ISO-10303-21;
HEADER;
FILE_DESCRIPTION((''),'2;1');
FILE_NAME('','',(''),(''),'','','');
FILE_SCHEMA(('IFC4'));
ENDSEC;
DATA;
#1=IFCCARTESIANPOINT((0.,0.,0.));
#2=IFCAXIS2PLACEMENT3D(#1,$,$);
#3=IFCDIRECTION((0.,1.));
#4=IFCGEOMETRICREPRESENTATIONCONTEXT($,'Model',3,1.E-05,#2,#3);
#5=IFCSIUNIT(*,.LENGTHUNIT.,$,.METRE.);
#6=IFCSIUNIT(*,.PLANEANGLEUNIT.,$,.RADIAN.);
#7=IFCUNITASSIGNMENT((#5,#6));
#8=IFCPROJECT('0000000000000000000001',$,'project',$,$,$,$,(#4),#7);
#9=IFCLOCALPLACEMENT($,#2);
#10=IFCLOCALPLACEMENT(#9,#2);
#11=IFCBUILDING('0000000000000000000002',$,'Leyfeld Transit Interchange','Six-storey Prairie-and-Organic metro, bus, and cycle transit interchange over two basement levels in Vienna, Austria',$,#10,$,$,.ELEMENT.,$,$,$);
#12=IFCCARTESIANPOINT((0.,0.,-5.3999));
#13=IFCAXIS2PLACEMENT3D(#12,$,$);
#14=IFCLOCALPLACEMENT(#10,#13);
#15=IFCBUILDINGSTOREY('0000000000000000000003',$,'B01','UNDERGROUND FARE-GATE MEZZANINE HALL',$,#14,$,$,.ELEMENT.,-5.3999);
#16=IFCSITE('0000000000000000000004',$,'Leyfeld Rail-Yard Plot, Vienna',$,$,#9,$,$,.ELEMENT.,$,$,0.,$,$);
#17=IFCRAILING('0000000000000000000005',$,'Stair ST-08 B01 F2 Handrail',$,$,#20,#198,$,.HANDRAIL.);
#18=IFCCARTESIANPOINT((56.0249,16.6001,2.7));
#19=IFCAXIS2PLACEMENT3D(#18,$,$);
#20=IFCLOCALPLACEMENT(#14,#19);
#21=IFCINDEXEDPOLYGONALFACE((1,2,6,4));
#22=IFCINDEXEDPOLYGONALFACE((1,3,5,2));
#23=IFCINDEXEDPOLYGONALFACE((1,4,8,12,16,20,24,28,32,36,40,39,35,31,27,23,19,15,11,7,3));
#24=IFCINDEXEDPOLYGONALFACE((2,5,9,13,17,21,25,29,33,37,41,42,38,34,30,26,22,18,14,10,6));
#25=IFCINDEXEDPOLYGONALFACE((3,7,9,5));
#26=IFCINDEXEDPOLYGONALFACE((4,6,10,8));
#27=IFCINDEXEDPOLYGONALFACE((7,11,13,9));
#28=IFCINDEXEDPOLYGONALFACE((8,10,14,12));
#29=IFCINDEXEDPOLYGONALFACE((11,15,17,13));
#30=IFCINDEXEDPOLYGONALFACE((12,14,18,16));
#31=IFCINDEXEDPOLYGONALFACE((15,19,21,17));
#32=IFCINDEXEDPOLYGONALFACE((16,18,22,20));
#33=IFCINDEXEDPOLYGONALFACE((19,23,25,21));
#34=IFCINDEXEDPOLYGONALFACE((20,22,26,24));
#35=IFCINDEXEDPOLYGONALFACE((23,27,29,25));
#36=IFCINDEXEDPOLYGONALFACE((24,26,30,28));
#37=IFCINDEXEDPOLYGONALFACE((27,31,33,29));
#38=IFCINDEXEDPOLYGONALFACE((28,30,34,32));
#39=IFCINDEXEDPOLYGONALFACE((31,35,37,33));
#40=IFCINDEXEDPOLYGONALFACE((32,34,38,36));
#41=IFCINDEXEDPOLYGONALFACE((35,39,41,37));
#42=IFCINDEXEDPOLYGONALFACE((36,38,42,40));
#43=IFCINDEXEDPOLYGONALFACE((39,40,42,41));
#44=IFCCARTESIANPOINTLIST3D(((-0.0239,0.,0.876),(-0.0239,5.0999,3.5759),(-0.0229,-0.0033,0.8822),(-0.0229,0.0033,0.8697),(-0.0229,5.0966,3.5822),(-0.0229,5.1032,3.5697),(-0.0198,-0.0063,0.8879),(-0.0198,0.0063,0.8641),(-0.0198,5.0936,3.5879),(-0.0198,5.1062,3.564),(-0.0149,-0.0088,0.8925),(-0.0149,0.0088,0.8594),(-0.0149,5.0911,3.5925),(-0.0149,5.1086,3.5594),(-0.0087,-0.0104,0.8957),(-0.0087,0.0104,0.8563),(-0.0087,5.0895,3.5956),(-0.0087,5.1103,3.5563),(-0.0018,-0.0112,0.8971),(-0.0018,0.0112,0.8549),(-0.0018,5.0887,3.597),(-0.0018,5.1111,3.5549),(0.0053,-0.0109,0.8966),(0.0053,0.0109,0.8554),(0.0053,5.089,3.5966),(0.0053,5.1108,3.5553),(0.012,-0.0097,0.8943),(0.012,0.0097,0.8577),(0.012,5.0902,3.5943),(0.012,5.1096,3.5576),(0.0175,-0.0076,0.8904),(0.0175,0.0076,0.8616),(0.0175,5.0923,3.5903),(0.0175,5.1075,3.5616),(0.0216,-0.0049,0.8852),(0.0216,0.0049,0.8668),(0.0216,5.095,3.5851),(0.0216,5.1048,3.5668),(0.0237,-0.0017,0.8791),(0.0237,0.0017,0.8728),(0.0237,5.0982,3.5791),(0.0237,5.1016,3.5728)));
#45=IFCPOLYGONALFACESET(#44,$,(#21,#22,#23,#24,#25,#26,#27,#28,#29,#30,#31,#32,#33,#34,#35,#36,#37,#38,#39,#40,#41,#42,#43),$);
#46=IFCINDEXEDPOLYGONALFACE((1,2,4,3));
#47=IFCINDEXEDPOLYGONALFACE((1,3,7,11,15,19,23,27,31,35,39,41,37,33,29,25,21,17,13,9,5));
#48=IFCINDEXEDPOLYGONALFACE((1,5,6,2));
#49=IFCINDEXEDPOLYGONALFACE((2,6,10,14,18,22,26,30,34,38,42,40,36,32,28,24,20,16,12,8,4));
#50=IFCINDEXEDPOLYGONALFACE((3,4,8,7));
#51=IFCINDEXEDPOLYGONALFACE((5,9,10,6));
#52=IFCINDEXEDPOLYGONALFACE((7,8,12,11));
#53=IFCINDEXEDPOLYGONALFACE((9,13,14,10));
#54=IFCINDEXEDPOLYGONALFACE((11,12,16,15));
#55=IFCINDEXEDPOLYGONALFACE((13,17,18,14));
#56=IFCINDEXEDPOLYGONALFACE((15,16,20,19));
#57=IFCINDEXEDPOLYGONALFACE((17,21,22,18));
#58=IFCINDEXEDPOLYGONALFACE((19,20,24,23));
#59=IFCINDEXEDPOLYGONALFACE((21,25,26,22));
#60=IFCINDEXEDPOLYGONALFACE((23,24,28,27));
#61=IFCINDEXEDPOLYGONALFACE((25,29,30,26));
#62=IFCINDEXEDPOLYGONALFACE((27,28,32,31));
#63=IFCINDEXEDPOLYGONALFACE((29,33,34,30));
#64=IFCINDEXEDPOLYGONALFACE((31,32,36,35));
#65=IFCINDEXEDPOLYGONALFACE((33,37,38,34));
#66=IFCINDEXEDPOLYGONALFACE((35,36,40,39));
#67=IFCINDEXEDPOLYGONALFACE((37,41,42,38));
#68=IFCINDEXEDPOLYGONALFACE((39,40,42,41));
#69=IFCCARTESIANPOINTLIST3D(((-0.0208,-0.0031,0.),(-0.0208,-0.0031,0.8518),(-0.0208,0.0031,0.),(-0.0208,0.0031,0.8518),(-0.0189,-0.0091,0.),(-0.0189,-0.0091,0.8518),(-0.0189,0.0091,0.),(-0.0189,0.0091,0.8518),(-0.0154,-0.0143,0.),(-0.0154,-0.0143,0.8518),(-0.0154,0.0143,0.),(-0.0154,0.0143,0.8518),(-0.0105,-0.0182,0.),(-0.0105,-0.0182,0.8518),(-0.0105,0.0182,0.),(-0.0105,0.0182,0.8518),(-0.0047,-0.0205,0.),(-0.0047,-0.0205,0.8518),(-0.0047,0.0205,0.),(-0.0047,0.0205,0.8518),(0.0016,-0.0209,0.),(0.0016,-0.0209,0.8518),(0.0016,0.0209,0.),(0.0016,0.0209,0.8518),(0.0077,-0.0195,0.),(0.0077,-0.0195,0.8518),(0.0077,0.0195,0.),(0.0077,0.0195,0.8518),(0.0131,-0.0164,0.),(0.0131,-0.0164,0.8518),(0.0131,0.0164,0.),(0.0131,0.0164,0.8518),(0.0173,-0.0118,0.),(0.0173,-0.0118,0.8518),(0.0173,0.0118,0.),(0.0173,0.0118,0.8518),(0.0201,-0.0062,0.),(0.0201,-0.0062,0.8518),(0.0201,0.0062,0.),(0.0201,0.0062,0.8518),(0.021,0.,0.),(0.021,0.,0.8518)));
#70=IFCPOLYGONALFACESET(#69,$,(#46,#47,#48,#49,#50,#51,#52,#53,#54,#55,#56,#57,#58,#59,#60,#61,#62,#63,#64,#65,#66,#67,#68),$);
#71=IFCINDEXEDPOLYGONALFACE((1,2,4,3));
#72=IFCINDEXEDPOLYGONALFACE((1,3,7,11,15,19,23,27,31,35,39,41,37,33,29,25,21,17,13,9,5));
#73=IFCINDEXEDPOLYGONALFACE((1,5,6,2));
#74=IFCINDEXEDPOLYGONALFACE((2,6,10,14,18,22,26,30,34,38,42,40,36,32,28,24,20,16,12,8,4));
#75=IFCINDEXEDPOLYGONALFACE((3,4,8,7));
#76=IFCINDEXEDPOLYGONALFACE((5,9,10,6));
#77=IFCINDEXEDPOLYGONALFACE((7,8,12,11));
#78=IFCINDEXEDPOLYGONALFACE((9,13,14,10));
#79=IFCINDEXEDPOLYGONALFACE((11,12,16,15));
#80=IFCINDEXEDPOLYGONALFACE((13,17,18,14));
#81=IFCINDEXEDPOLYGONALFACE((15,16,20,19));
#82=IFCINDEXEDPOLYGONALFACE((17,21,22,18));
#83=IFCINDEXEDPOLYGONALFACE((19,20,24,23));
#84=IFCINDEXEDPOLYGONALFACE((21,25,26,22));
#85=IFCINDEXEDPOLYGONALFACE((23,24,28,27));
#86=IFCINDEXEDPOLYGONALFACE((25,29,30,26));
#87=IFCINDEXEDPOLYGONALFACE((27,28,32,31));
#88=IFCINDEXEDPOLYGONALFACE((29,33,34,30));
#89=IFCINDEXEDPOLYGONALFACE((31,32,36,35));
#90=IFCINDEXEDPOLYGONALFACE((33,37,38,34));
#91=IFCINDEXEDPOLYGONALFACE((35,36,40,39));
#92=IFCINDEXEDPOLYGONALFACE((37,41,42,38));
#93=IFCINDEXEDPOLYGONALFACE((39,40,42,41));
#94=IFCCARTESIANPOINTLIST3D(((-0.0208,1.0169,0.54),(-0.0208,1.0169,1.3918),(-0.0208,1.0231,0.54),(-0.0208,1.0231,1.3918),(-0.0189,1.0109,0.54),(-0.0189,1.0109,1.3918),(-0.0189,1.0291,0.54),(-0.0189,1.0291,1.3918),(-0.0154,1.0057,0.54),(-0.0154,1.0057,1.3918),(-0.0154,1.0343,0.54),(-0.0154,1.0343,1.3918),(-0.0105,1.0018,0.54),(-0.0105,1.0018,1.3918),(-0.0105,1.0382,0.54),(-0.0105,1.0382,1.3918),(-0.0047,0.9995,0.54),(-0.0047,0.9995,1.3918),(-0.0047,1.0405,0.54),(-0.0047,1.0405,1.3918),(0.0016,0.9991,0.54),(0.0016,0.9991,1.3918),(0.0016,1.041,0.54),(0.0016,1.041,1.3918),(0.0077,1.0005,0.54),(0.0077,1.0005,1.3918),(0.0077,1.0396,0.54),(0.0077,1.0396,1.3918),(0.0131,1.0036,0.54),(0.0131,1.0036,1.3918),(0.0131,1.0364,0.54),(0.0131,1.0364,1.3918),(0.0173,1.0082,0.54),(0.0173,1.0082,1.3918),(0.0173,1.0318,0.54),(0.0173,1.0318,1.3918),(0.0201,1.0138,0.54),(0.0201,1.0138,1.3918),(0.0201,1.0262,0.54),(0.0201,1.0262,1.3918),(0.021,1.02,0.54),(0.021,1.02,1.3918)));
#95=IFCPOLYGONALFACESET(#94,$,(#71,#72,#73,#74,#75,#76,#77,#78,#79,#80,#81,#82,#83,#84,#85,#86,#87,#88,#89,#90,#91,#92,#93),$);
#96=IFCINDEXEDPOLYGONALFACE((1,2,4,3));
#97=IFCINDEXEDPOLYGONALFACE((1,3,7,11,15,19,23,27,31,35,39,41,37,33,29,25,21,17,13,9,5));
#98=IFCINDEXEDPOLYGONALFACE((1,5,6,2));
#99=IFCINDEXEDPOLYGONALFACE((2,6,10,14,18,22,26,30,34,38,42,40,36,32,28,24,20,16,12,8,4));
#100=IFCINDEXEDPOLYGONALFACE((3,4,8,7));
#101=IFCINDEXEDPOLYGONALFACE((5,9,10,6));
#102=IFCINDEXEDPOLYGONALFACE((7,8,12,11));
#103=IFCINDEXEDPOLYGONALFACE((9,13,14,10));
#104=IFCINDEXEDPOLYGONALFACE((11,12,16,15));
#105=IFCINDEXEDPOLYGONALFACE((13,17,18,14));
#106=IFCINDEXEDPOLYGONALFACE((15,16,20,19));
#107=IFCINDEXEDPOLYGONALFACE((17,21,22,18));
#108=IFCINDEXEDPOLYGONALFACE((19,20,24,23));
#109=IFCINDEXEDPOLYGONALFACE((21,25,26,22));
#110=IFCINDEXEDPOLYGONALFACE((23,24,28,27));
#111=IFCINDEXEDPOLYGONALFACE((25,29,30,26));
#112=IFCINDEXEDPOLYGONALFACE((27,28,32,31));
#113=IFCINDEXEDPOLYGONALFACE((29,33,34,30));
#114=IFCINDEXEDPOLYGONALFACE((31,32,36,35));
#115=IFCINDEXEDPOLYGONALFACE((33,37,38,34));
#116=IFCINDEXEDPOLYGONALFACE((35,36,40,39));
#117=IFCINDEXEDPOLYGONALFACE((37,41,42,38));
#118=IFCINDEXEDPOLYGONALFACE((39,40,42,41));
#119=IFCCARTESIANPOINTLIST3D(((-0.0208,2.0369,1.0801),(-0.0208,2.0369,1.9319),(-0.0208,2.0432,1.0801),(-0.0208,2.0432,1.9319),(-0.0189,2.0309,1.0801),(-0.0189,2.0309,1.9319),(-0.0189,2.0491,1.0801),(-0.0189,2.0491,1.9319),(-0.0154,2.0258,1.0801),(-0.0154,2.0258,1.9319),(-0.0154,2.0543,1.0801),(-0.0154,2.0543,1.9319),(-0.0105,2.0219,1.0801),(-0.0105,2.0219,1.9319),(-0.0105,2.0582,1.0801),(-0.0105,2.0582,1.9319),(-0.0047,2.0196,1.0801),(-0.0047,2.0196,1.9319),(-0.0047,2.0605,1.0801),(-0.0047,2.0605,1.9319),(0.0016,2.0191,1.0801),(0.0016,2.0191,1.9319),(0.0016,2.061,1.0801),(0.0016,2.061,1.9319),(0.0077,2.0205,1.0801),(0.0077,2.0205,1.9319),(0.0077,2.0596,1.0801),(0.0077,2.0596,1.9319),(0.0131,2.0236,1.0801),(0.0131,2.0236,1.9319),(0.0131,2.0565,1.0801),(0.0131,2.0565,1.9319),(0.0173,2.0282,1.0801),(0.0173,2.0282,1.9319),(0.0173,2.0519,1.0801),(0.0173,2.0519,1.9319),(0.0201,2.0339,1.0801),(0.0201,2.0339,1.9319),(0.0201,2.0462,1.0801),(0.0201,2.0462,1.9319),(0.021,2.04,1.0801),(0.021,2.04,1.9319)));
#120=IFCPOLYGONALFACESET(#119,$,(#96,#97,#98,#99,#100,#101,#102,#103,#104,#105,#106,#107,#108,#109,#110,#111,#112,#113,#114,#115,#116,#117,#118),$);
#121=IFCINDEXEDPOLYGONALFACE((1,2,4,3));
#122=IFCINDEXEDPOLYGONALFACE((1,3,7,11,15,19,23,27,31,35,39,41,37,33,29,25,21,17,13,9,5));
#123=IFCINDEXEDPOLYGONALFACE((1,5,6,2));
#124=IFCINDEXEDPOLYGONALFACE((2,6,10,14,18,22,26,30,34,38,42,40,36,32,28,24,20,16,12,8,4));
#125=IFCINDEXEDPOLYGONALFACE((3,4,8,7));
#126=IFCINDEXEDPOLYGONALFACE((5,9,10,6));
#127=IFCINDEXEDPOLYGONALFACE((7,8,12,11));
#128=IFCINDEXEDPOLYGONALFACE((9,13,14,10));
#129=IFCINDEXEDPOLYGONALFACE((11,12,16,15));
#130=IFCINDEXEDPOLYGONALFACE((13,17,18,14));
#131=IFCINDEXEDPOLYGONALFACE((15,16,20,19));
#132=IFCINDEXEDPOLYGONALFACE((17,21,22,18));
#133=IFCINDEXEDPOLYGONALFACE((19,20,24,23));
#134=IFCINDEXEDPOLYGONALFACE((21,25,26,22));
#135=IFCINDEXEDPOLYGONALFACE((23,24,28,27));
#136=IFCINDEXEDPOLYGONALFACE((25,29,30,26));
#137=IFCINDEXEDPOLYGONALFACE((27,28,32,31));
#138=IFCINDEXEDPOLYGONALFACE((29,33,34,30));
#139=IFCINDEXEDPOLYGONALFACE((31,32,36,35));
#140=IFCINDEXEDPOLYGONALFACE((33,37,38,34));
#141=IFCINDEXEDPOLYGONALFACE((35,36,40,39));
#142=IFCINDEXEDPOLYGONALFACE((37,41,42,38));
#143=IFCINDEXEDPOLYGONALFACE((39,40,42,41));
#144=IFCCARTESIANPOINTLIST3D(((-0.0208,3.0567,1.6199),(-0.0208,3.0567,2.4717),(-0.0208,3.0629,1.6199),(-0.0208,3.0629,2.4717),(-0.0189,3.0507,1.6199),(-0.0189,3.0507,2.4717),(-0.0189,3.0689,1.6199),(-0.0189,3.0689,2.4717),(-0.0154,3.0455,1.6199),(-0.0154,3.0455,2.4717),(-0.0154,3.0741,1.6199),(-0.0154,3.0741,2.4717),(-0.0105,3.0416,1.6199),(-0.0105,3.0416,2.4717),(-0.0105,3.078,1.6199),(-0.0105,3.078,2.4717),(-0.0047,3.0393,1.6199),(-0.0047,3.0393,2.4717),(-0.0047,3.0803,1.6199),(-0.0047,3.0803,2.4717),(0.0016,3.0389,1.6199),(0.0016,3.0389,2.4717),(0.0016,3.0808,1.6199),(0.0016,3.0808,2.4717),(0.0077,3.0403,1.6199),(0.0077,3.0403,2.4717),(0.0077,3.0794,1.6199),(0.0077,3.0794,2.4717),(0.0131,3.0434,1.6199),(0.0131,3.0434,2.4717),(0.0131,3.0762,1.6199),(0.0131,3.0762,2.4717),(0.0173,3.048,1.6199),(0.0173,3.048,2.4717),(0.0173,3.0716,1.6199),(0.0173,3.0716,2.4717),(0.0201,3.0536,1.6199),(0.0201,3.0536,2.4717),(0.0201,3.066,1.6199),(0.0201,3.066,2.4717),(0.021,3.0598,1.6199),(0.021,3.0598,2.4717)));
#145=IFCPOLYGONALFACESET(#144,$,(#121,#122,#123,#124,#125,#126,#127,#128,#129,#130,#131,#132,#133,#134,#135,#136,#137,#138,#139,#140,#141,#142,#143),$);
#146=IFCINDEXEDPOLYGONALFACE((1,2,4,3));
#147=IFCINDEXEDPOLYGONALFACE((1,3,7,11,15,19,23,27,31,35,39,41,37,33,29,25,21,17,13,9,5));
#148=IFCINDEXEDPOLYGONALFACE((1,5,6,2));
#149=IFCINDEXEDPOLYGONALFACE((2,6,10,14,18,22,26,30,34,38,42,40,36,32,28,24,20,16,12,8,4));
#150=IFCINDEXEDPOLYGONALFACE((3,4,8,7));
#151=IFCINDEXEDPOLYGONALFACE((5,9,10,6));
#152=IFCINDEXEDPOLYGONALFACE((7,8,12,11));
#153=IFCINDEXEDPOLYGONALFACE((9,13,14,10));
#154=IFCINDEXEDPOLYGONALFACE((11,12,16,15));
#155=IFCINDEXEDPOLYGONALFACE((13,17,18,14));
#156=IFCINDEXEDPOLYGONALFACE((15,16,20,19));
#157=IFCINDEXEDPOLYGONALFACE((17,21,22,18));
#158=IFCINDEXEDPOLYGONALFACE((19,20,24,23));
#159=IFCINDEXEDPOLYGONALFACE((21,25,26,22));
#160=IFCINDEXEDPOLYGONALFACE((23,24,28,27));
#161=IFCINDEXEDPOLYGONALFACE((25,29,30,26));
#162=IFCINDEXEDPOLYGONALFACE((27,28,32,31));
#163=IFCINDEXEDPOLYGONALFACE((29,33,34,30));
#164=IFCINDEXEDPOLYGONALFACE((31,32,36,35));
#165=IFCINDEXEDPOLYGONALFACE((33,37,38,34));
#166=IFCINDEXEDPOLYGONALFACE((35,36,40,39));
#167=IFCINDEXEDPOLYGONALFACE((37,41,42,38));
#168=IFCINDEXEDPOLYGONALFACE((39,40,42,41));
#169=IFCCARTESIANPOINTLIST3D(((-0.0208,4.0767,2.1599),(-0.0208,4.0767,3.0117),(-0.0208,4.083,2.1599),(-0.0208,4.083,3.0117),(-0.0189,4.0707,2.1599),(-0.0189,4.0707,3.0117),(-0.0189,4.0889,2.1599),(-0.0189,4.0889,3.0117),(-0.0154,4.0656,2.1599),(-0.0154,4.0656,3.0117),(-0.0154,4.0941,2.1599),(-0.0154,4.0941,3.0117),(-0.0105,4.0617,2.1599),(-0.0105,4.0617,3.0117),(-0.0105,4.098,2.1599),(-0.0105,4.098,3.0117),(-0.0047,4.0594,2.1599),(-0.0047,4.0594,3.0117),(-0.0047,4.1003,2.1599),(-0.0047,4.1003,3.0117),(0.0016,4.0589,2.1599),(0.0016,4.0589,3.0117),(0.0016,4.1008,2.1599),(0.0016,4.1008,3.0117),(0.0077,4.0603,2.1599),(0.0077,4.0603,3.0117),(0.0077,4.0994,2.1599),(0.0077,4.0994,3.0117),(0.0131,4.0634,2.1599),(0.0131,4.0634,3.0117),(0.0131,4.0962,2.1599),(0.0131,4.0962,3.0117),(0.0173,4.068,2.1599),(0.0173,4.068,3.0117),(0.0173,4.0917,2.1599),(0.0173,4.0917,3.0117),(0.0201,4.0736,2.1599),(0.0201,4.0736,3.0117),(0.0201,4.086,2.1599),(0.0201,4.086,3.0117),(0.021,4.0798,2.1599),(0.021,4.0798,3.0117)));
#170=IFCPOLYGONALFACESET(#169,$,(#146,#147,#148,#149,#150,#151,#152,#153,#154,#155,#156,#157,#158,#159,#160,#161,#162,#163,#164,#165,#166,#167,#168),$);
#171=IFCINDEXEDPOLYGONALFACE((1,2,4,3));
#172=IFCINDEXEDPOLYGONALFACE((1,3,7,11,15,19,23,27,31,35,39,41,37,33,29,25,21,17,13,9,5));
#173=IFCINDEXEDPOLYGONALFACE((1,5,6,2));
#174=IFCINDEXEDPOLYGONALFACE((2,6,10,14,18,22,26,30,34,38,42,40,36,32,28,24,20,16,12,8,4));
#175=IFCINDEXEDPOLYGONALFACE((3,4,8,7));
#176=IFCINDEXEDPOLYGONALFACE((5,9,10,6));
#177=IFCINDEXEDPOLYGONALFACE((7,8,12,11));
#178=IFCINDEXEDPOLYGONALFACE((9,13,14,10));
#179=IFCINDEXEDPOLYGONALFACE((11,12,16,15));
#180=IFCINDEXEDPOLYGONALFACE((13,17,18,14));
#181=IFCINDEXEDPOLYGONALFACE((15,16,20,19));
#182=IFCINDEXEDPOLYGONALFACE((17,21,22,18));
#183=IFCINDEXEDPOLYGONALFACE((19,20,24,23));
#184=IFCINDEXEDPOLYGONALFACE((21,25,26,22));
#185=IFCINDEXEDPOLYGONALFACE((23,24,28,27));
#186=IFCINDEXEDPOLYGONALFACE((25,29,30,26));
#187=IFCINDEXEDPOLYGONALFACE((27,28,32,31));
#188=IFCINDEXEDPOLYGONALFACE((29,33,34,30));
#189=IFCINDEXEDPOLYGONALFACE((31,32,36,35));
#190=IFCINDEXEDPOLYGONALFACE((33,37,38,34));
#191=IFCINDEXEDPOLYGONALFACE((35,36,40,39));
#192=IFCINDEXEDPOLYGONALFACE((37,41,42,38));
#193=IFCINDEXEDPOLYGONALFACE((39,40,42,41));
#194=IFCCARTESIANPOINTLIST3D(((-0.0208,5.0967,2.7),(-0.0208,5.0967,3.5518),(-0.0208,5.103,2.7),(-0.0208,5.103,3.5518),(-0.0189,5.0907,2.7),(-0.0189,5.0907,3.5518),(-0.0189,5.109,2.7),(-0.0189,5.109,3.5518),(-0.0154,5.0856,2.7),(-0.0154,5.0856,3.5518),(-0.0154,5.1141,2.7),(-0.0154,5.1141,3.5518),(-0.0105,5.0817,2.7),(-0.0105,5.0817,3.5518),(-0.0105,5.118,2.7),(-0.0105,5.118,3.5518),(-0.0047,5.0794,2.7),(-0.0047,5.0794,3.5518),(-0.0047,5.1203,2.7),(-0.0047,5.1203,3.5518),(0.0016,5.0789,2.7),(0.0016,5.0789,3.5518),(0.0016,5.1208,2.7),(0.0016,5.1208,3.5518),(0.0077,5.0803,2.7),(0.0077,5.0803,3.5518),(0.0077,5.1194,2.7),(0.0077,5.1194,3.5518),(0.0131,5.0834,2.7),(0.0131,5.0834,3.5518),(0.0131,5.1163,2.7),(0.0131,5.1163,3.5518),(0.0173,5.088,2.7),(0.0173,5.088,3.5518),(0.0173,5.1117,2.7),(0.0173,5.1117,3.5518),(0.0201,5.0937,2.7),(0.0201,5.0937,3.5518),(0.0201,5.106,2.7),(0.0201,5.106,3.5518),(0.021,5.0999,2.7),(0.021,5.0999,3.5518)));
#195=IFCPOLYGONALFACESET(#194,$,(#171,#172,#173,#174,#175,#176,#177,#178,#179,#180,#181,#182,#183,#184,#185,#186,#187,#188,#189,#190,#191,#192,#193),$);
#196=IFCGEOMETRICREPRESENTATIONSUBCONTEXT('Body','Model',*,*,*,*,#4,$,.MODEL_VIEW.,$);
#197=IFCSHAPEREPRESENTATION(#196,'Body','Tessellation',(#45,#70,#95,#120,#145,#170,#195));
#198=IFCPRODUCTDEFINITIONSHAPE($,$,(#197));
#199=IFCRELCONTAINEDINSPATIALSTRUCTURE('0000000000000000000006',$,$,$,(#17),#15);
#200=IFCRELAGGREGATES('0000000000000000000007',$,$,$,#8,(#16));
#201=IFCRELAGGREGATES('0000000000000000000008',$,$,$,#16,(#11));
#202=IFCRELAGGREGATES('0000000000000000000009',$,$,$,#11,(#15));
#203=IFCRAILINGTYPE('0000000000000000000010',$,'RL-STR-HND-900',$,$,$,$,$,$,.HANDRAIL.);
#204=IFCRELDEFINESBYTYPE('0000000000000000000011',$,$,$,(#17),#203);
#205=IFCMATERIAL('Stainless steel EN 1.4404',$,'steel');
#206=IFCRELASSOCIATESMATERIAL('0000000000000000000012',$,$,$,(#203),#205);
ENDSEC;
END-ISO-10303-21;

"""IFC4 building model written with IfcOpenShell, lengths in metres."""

from ifc_helpers import new_model, si_unit, direction, frame, origin, origin_2d, place, context, subcontext, project, spatial, circle, extrude, material, type_object, element, save


model = new_model("IFC4")

# Units and contexts
model_context = context("Model", 3, precision=1e-05, world=origin(), true_north=direction((0.0, 1.0)))
body_context = subcontext(model_context, "Body", "Model", "MODEL_VIEW")
ifc_project = project(units=[si_unit("LENGTHUNIT", "METRE"), si_unit("PLANEANGLEUNIT", "RADIAN")], contexts=[model_context])

# Site, building, storey
site_placement = place(None, origin())
site = spatial("IfcSite", under=ifc_project, at=site_placement, Name="Leyfeld Rail-Yard Plot, Vienna", CompositionType="ELEMENT", RefElevation=0.0)
building_placement = place(site_placement, origin())
building = spatial("IfcBuilding", under=site, at=building_placement, Name="Leyfeld Transit Interchange", Description="Six-storey Prairie-and-Organic metro, bus, and cycle transit interchange over two basement levels in Vienna, Austria", CompositionType="ELEMENT")
storey_placement = place(building_placement, frame((0.0, 0.0, -5.3999)))
storey = spatial("IfcBuildingStorey", under=building, at=storey_placement, Name="B01", Description="UNDERGROUND FARE-GATE MEZZANINE HALL", CompositionType="ELEMENT", Elevation=-5.3999)

# Railing
ifc_material_1 = material(Name="Stainless steel EN 1.4404", Category="steel")
railing_type_1 = type_object("IfcRailingType", Name="RL-STR-HND-900", PredefinedType="HANDRAIL", material=ifc_material_1)
railing_1_placement = place(storey_placement, frame((56.0249, 16.6001, 2.7)))
element("IfcRailing", 1, at=railing_1_placement, inside=storey, type_object=railing_type_1, Name="Stair ST-08 B01 F2 Handrail", PredefinedType="HANDRAIL", context=body_context, shape_type="SweptSolid", body=[
    extrude(circle(Radius=0.0239, at=origin_2d()), frame((0.0, 0.0, 0.876), z_axis=(0.0, 0.883786, 0.467892), x_axis=(-1.0, 0.0, 0.0)), (0.0, 0.0, 1.0), 5.7705),
    extrude(circle(Radius=0.021, at=origin_2d()), origin(), (0.0, 0.0, 1.0), 0.8518),
    extrude(circle(Radius=0.021, at=origin_2d()), frame((0.0, 1.02, 0.54)), (0.0, 0.0, 1.0), 0.8518),
    extrude(circle(Radius=0.021, at=origin_2d()), frame((0.0, 2.04, 1.0801)), (0.0, 0.0, 1.0), 0.8518),
    extrude(circle(Radius=0.021, at=origin_2d()), frame((0.0, 3.0598, 1.6199)), (0.0, 0.0, 1.0), 0.8518),
    extrude(circle(Radius=0.021, at=origin_2d()), frame((0.0, 4.0798, 2.1599)), (0.0, 0.0, 1.0), 0.8518),
    extrude(circle(Radius=0.021, at=origin_2d()), frame((0.0, 5.0999, 2.7)), (0.0, 0.0, 1.0), 0.8518),
])

save(model, "model.ifc")
